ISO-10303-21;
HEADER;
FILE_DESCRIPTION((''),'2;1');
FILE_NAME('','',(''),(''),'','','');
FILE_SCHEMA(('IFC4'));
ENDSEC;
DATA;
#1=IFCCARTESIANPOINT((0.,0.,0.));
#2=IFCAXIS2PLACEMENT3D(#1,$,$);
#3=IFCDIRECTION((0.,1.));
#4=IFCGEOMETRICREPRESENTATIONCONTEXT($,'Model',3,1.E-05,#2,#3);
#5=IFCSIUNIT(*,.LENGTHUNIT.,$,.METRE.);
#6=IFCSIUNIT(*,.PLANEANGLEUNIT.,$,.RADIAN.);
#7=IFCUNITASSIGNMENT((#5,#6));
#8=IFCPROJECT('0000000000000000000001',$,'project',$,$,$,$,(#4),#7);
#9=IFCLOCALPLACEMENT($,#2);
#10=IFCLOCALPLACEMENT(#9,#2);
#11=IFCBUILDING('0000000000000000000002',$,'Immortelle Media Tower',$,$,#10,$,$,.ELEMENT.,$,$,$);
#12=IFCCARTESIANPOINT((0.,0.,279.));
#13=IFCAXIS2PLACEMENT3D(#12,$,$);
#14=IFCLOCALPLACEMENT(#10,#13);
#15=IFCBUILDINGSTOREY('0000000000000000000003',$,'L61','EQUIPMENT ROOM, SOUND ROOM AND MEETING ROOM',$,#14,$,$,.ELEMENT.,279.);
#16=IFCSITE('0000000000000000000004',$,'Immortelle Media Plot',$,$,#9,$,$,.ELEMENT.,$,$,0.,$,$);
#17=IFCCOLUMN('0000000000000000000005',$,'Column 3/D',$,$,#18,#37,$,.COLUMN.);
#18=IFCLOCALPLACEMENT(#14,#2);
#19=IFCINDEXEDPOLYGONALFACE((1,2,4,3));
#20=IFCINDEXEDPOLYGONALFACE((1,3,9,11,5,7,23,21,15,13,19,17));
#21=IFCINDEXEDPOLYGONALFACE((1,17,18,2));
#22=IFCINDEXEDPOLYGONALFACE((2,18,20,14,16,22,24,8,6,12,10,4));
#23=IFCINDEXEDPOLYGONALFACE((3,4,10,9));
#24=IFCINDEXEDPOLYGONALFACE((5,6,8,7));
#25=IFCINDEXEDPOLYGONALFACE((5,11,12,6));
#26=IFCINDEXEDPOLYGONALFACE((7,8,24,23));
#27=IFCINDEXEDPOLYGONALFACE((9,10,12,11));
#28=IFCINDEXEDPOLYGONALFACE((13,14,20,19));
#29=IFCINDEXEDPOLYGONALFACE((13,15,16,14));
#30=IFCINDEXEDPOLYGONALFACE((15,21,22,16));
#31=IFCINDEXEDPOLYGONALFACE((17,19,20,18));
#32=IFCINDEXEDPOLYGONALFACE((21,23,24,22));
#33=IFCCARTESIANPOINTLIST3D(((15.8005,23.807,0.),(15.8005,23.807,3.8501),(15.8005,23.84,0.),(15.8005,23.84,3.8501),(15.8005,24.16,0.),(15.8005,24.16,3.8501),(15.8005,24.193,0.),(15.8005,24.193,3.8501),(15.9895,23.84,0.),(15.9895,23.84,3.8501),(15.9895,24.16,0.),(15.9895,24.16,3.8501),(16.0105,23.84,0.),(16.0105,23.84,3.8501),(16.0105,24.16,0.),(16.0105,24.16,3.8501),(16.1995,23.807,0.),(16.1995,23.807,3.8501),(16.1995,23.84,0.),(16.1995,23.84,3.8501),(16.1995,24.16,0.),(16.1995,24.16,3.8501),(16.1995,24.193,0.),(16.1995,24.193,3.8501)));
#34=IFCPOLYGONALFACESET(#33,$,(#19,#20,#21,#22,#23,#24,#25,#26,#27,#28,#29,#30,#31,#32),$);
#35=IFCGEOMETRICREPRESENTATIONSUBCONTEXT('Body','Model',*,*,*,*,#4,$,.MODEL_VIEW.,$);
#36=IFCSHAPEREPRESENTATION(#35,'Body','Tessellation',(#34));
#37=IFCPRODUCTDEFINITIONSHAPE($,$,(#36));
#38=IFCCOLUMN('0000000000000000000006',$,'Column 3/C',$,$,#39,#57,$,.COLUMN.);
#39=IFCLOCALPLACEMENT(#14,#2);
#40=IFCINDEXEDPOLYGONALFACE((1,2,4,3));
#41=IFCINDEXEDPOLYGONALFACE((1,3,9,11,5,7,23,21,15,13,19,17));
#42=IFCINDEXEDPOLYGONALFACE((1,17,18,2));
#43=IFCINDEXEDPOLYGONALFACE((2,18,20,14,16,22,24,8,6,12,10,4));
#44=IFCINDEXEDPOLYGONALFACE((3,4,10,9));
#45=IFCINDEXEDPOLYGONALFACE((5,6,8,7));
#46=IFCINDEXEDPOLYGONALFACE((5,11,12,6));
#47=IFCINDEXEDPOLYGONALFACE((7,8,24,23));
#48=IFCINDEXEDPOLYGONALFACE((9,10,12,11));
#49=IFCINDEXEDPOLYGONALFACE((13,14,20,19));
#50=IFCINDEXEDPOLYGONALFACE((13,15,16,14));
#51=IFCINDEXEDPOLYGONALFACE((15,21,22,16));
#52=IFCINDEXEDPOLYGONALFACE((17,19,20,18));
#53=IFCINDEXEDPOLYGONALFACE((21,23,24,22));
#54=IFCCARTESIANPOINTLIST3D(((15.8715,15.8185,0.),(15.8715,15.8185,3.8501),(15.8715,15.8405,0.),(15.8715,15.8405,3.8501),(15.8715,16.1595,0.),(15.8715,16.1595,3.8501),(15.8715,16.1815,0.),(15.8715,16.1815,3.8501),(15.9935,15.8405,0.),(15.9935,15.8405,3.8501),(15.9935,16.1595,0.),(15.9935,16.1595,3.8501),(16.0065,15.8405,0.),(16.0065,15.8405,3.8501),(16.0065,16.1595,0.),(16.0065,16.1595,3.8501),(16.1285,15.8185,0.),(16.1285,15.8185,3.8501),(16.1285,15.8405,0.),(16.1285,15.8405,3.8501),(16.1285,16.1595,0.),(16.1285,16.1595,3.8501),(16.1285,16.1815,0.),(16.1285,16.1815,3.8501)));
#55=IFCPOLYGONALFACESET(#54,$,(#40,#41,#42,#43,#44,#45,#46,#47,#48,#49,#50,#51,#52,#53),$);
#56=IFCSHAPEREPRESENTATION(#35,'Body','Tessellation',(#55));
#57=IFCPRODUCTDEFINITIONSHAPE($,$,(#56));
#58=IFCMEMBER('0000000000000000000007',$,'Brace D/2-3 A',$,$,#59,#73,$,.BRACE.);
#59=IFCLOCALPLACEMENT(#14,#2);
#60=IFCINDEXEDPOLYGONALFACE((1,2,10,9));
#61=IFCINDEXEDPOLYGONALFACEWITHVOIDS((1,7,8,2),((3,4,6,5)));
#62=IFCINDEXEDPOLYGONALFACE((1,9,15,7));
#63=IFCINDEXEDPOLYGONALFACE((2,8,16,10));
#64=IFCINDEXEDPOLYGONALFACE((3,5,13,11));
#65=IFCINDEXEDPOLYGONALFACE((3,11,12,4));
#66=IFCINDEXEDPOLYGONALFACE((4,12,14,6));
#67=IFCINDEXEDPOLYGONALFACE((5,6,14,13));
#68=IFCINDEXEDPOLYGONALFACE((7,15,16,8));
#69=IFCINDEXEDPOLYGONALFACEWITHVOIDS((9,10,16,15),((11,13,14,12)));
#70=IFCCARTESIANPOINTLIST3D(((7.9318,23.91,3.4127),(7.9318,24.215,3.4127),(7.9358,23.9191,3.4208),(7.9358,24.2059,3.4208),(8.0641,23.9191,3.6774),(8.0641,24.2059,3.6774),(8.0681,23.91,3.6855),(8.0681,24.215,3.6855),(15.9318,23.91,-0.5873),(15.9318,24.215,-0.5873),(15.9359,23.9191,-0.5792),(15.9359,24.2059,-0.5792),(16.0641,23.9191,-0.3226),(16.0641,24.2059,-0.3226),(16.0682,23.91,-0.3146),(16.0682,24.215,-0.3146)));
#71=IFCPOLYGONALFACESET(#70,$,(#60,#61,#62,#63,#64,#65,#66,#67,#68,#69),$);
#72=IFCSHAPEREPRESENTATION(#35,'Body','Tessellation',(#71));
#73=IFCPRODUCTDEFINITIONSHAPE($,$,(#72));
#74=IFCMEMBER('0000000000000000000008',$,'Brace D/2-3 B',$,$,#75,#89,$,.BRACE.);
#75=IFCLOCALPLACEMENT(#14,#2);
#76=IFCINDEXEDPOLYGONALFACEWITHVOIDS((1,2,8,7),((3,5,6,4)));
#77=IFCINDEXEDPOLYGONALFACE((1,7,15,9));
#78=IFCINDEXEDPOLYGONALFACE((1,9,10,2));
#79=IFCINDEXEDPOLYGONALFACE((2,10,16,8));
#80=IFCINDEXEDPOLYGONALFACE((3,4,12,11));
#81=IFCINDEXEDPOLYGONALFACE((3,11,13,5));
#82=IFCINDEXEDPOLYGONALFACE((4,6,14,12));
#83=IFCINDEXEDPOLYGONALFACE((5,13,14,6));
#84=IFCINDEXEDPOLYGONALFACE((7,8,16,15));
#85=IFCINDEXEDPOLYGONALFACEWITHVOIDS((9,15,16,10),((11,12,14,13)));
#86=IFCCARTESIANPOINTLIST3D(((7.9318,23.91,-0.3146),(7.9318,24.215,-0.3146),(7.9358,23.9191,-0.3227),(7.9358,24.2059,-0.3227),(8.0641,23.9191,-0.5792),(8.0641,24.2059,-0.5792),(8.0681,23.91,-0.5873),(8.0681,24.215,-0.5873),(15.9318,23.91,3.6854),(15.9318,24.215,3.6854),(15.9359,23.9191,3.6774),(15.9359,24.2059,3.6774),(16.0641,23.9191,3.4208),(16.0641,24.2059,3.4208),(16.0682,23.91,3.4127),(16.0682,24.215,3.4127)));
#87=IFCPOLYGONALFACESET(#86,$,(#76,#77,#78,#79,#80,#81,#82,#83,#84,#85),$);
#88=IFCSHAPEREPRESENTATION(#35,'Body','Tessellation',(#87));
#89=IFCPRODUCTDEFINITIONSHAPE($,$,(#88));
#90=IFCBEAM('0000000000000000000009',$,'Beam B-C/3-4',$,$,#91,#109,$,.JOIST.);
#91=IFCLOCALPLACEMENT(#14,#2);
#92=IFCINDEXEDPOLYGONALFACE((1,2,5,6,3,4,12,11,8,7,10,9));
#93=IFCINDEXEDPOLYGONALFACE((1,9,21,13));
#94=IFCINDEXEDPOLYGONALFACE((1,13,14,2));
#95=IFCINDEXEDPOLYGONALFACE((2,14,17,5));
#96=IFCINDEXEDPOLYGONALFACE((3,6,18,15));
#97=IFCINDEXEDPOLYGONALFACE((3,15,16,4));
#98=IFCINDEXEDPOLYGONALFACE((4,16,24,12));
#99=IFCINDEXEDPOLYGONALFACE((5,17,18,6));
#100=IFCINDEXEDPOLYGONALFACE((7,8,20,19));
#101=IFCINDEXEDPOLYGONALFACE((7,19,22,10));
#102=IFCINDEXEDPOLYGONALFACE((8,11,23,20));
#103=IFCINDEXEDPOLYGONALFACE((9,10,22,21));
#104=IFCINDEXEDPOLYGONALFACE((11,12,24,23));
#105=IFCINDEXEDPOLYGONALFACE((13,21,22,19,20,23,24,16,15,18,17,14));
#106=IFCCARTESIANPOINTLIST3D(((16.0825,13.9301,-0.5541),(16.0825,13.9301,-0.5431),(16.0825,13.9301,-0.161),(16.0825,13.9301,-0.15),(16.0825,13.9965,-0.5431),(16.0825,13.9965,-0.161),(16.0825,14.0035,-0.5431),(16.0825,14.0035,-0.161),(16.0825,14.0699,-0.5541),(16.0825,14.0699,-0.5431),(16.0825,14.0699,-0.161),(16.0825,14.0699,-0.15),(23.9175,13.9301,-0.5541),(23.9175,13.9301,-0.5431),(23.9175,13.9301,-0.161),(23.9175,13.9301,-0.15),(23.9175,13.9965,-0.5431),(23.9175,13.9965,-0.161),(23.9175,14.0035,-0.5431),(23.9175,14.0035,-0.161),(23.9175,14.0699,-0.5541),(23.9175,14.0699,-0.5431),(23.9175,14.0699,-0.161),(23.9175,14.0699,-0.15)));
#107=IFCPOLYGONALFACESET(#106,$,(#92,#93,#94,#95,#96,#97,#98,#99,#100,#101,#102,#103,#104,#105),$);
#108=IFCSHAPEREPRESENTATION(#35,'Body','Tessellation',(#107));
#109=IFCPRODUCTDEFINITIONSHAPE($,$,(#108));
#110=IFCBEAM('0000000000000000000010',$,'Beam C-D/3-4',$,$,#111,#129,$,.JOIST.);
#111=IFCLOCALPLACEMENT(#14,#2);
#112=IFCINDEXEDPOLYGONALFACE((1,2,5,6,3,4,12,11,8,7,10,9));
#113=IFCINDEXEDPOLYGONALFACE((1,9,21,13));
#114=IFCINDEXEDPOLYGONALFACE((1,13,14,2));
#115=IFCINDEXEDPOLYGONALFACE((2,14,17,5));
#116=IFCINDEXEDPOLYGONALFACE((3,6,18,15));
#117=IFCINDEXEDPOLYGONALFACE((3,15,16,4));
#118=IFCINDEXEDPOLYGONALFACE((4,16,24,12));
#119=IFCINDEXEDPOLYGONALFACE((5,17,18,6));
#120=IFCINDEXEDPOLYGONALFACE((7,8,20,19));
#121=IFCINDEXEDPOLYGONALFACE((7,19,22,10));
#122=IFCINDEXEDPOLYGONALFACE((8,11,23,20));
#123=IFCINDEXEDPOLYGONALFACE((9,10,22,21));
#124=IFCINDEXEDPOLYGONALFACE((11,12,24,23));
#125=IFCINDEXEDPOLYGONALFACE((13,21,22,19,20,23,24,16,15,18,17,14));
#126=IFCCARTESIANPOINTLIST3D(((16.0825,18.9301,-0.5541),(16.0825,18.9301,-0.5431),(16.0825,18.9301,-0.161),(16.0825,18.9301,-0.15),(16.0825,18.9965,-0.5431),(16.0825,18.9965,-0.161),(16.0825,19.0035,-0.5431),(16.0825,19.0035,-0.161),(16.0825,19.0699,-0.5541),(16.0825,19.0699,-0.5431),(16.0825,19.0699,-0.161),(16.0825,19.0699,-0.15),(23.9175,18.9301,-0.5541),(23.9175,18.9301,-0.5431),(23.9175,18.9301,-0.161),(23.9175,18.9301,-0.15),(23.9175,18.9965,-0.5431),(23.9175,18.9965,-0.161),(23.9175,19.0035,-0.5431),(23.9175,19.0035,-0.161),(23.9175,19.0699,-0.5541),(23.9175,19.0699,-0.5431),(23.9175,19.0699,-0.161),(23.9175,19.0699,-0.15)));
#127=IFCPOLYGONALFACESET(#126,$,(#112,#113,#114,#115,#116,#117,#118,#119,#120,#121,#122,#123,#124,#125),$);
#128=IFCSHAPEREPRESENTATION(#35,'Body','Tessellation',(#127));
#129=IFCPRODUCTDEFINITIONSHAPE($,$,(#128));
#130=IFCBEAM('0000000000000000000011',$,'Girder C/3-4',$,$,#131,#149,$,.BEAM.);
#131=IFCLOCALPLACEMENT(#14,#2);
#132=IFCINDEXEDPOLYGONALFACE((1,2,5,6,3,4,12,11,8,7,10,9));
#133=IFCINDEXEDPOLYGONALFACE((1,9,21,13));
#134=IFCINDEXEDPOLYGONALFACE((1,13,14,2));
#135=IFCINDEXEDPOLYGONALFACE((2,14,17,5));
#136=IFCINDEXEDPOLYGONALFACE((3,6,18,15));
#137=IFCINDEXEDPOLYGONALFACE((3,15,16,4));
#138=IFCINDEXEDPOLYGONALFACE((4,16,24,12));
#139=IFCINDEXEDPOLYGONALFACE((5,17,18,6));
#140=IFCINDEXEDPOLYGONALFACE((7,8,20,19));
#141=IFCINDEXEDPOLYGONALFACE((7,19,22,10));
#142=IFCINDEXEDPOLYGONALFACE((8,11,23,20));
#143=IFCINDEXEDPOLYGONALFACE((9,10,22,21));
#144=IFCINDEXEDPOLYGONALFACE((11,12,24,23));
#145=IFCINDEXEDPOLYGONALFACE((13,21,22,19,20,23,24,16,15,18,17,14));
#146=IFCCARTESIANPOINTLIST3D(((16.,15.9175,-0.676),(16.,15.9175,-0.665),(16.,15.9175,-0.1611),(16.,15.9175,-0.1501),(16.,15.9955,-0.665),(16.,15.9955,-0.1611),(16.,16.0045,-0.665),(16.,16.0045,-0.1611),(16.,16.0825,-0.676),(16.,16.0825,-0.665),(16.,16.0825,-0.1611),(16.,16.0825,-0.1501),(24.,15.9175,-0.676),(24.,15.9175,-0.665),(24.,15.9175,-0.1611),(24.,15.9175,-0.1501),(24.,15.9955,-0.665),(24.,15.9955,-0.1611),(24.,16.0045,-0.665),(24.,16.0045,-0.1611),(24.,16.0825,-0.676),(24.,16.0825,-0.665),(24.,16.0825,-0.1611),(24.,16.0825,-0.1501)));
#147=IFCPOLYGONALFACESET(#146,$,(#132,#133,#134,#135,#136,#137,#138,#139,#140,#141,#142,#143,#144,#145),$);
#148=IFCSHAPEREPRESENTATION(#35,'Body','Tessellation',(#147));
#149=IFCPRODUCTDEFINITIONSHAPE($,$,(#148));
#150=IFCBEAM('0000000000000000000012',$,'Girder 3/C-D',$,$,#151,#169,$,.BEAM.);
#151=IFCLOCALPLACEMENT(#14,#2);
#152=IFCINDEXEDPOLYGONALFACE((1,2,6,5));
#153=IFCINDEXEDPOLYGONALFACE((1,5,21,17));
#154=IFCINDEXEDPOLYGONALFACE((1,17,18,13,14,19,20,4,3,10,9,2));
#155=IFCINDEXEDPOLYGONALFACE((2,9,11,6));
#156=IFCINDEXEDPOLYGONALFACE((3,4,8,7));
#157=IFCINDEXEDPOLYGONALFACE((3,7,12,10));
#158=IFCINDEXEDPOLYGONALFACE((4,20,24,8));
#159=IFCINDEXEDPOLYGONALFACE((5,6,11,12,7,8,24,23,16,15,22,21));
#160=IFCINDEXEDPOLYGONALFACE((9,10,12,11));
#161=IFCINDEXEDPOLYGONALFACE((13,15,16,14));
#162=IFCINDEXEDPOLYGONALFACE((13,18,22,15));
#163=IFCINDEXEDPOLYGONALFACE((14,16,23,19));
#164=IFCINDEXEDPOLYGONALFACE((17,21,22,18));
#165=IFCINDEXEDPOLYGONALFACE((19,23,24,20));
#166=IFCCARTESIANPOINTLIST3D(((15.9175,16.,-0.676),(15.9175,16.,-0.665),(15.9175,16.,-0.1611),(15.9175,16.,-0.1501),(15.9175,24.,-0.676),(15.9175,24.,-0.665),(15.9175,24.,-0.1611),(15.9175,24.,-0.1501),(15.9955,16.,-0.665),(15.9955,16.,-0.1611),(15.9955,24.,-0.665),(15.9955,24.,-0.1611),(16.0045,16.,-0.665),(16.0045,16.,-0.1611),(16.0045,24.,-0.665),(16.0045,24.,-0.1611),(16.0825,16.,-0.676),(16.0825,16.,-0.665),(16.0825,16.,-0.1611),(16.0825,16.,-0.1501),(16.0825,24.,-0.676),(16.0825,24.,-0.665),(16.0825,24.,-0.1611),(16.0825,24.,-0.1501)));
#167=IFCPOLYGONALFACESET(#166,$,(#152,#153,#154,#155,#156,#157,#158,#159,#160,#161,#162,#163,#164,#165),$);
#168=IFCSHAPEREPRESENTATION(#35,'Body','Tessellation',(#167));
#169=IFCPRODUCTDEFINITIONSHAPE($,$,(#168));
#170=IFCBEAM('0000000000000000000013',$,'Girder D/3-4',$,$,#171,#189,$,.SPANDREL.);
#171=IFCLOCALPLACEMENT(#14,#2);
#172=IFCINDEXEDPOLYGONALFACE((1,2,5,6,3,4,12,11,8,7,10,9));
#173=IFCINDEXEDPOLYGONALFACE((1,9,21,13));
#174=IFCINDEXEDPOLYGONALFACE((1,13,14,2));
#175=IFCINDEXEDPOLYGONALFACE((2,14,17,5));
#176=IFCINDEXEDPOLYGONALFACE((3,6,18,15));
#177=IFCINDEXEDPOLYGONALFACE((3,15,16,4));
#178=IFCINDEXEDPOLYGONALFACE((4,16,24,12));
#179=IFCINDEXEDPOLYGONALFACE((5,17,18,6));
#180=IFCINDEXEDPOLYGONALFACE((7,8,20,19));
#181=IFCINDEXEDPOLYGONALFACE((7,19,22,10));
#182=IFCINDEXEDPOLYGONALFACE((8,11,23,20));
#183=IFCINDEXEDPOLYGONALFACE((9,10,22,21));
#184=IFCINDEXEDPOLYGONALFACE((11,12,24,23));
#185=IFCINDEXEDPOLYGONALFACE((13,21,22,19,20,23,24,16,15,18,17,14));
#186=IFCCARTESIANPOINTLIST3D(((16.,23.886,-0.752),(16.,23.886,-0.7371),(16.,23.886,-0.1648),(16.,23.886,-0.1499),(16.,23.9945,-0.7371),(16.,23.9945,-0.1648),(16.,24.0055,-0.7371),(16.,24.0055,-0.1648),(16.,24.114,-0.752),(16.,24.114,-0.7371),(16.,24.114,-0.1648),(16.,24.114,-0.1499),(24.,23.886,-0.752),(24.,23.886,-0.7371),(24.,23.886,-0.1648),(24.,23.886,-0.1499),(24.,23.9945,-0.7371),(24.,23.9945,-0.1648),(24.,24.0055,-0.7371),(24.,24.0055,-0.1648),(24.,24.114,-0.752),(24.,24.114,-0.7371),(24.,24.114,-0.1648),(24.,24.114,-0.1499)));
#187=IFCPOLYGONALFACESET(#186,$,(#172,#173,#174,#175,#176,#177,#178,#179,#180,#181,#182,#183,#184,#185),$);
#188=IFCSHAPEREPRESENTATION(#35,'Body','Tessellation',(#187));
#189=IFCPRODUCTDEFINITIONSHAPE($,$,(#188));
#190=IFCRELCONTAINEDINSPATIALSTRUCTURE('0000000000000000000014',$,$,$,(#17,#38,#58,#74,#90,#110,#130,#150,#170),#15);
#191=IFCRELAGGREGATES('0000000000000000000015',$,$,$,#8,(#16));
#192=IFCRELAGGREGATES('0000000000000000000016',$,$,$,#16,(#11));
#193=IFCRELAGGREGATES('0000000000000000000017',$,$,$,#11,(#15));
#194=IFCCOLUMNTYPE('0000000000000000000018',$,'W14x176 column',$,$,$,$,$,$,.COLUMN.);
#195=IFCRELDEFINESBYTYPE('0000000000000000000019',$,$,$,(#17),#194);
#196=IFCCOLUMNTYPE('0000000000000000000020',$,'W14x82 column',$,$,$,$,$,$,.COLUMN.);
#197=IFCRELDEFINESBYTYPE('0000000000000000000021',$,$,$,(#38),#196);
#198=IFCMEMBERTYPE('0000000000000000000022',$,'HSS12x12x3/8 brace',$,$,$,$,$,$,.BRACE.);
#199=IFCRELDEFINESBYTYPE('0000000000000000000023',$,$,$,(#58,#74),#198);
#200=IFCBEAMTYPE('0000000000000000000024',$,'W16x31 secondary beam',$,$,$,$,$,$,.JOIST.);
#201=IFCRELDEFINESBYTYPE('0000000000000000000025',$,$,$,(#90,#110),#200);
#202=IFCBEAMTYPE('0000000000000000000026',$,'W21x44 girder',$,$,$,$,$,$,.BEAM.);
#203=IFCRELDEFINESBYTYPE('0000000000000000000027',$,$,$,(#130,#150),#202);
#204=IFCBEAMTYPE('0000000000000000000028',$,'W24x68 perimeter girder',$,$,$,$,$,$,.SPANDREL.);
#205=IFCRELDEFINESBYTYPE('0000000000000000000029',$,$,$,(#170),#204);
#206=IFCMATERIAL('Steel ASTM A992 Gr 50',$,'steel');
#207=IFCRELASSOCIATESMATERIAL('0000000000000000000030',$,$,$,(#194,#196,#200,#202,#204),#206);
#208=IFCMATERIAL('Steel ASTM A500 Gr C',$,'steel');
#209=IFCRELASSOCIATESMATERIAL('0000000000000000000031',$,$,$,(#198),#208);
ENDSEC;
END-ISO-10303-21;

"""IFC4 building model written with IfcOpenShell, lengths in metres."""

from ifc_helpers import new_model, si_unit, direction, frame, origin, origin_2d, place, context, subcontext, project, spatial, hollow_rectangle, i_section, extrude, material, material_profile, profile_set, type_object, element, save


model = new_model("IFC4")

# Units and contexts
model_context = context("Model", 3, precision=1e-05, world=origin(), true_north=direction((0.0, 1.0)))
body_context = subcontext(model_context, "Body", "Model", "MODEL_VIEW")
ifc_project = project(units=[si_unit("LENGTHUNIT", "METRE"), si_unit("PLANEANGLEUNIT", "RADIAN")], contexts=[model_context])

# Site, building, storey
site_placement = place(None, origin())
site = spatial("IfcSite", under=ifc_project, at=site_placement, Name="Immortelle Media Plot", CompositionType="ELEMENT", RefElevation=0.0)
building_placement = place(site_placement, origin())
building = spatial("IfcBuilding", under=site, at=building_placement, Name="Immortelle Media Tower", CompositionType="ELEMENT")
storey_placement = place(building_placement, frame((0.0, 0.0, 279.0)))
storey = spatial("IfcBuildingStorey", under=building, at=storey_placement, Name="L61", Description="EQUIPMENT ROOM, SOUND ROOM AND MEETING ROOM", CompositionType="ELEMENT", Elevation=279.0)

# Columns
ifc_material_1 = material(Name="Steel ASTM A992 Gr 50", Category="steel")
ifc_material_profile_1 = material_profile(ifc_material_1, i_section(OverallWidth=0.3989, OverallDepth=0.386, WebThickness=0.021, FlangeThickness=0.033, at=origin_2d()), Name="W14x176")
ifc_profile_set_1 = profile_set([ifc_material_profile_1], Name="Steel ASTM A992 Gr 50")
column_type_1 = type_object("IfcColumnType", Name="W14x176 column", PredefinedType="COLUMN", material=ifc_profile_set_1)
column_1_placement = place(storey_placement, frame((16.0, 24.0, 0.0), z_axis=(0.0, 0.0, 1.0), x_axis=(1.0, 0.0, 0.0)))
element("IfcColumn", 1, at=column_1_placement, inside=storey, type_object=column_type_1, Name="Column 3/D", PredefinedType="COLUMN", context=body_context, shape_type="SweptSolid", body=[
    extrude(i_section(OverallWidth=0.3989, OverallDepth=0.386, WebThickness=0.021, FlangeThickness=0.033, at=origin_2d()), origin(), (0.0, 0.0, 1.0), 3.8501),
])
ifc_material_profile_2 = material_profile(ifc_material_1, i_section(OverallWidth=0.2571, OverallDepth=0.363, WebThickness=0.0129, FlangeThickness=0.022, at=origin_2d()), Name="W14x82")
ifc_profile_set_2 = profile_set([ifc_material_profile_2], Name="Steel ASTM A992 Gr 50")
column_type_2 = type_object("IfcColumnType", Name="W14x82 column", PredefinedType="COLUMN", material=ifc_profile_set_2)
column_2_placement = place(storey_placement, frame((16.0, 16.0, 0.0), z_axis=(0.0, 0.0, 1.0), x_axis=(1.0, 0.0, 0.0)))
element("IfcColumn", 2, at=column_2_placement, inside=storey, type_object=column_type_2, Name="Column 3/C", PredefinedType="COLUMN", context=body_context, shape_type="SweptSolid", body=[
    extrude(i_section(OverallWidth=0.2571, OverallDepth=0.363, WebThickness=0.0129, FlangeThickness=0.022, at=origin_2d()), origin(), (0.0, 0.0, 1.0), 3.8501),
])

# Members
ifc_material_2 = material(Name="Steel ASTM A500 Gr C", Category="steel")
ifc_material_profile_3 = material_profile(ifc_material_2, hollow_rectangle(XDim=0.3049, YDim=0.3049, WallThickness=0.009, at=origin_2d()), Name="HSS12x12x3/8 brace")
ifc_profile_set_3 = profile_set([ifc_material_profile_3], Name="Steel ASTM A500 Gr C")
member_type = type_object("IfcMemberType", Name="HSS12x12x3/8 brace", PredefinedType="BRACE", material=ifc_profile_set_3)
for number, where, z_axis, x_axis, name in (
    (3, (16.0, 24.0625, -0.4509), (-0.894427, 0.0, 0.447214), (0.0, -1.0, 0.0), "Brace D/2-3 A"),
    (4, (16.0, 24.0625, 3.5491), (-0.894427, 0.0, -0.447214), (0.0, -1.0, 0.0), "Brace D/2-3 B"),
):
    element("IfcMember", number, at=place(storey_placement, frame(where, z_axis=z_axis, x_axis=x_axis)), inside=storey, type_object=member_type, Name=name, PredefinedType="BRACE", context=body_context, shape_type="SweptSolid", body=[
        extrude(hollow_rectangle(XDim=0.3049, YDim=0.3049, WallThickness=0.009, at=origin_2d()), origin(), (0.0, 0.0, 1.0), 8.9443),
    ])

# Beams
ifc_material_profile_4 = material_profile(ifc_material_1, i_section(OverallWidth=0.1399, OverallDepth=0.4041, WebThickness=0.0071, FlangeThickness=0.011, at=origin_2d()), Name="W16x31")
ifc_profile_set_4 = profile_set([ifc_material_profile_4], Name="Steel ASTM A992 Gr 50")
beam_type_1 = type_object("IfcBeamType", Name="W16x31 secondary beam", PredefinedType="JOIST", material=ifc_profile_set_4)
for number, where, z_axis, x_axis, name in (
    (5, (16.0825, 14.0, -0.3521), (1.0, 0.0, 0.0), (0.0, 1.0, 0.0), "Beam B-C/3-4"),
    (6, (16.0825, 19.0, -0.3521), (1.0, 0.0, 0.0), (0.0, 1.0, 0.0), "Beam C-D/3-4"),
):
    element("IfcBeam", number, at=place(storey_placement, frame(where, z_axis=z_axis, x_axis=x_axis)), inside=storey, type_object=beam_type_1, Name=name, PredefinedType="JOIST", context=body_context, shape_type="SweptSolid", body=[
        extrude(i_section(OverallWidth=0.1399, OverallDepth=0.4041, WebThickness=0.0071, FlangeThickness=0.011, at=origin_2d()), origin(), (0.0, 0.0, 1.0), 7.835),
    ])
ifc_material_profile_5 = material_profile(ifc_material_1, i_section(OverallWidth=0.165, OverallDepth=0.5259, WebThickness=0.009, FlangeThickness=0.011, at=origin_2d()), Name="W21x44")
ifc_profile_set_5 = profile_set([ifc_material_profile_5], Name="Steel ASTM A992 Gr 50")
beam_type_2 = type_object("IfcBeamType", Name="W21x44 girder", PredefinedType="BEAM", material=ifc_profile_set_5)
for number, where, z_axis, x_axis, name in (
    (7, (16.0, 16.0, -0.4131), (1.0, 0.0, 0.0), (0.0, 1.0, 0.0), "Girder C/3-4"),
    (8, (16.0, 16.0, -0.4131), (0.0, 1.0, 0.0), (-1.0, 0.0, 0.0), "Girder 3/C-D"),
):
    element("IfcBeam", number, at=place(storey_placement, frame(where, z_axis=z_axis, x_axis=x_axis)), inside=storey, type_object=beam_type_2, Name=name, PredefinedType="BEAM", context=body_context, shape_type="SweptSolid", body=[
        extrude(i_section(OverallWidth=0.165, OverallDepth=0.5259, WebThickness=0.009, FlangeThickness=0.011, at=origin_2d()), origin(), (0.0, 0.0, 1.0), 8.0),
    ])
ifc_material_profile_6 = material_profile(ifc_material_1, i_section(OverallWidth=0.228, OverallDepth=0.6021, WebThickness=0.011, FlangeThickness=0.0149, at=origin_2d()), Name="W24x68")
ifc_profile_set_6 = profile_set([ifc_material_profile_6], Name="Steel ASTM A992 Gr 50")
beam_type_3 = type_object("IfcBeamType", Name="W24x68 perimeter girder", PredefinedType="SPANDREL", material=ifc_profile_set_6)
beam_placement = place(storey_placement, frame((16.0, 24.0, -0.4509), z_axis=(1.0, 0.0, 0.0), x_axis=(0.0, 1.0, 0.0)))
element("IfcBeam", 9, at=beam_placement, inside=storey, type_object=beam_type_3, Name="Girder D/3-4", PredefinedType="SPANDREL", context=body_context, shape_type="SweptSolid", body=[
    extrude(i_section(OverallWidth=0.228, OverallDepth=0.6021, WebThickness=0.011, FlangeThickness=0.0149, at=origin_2d()), origin(), (0.0, 0.0, 1.0), 8.0),
])

save(model, "model.ifc")
